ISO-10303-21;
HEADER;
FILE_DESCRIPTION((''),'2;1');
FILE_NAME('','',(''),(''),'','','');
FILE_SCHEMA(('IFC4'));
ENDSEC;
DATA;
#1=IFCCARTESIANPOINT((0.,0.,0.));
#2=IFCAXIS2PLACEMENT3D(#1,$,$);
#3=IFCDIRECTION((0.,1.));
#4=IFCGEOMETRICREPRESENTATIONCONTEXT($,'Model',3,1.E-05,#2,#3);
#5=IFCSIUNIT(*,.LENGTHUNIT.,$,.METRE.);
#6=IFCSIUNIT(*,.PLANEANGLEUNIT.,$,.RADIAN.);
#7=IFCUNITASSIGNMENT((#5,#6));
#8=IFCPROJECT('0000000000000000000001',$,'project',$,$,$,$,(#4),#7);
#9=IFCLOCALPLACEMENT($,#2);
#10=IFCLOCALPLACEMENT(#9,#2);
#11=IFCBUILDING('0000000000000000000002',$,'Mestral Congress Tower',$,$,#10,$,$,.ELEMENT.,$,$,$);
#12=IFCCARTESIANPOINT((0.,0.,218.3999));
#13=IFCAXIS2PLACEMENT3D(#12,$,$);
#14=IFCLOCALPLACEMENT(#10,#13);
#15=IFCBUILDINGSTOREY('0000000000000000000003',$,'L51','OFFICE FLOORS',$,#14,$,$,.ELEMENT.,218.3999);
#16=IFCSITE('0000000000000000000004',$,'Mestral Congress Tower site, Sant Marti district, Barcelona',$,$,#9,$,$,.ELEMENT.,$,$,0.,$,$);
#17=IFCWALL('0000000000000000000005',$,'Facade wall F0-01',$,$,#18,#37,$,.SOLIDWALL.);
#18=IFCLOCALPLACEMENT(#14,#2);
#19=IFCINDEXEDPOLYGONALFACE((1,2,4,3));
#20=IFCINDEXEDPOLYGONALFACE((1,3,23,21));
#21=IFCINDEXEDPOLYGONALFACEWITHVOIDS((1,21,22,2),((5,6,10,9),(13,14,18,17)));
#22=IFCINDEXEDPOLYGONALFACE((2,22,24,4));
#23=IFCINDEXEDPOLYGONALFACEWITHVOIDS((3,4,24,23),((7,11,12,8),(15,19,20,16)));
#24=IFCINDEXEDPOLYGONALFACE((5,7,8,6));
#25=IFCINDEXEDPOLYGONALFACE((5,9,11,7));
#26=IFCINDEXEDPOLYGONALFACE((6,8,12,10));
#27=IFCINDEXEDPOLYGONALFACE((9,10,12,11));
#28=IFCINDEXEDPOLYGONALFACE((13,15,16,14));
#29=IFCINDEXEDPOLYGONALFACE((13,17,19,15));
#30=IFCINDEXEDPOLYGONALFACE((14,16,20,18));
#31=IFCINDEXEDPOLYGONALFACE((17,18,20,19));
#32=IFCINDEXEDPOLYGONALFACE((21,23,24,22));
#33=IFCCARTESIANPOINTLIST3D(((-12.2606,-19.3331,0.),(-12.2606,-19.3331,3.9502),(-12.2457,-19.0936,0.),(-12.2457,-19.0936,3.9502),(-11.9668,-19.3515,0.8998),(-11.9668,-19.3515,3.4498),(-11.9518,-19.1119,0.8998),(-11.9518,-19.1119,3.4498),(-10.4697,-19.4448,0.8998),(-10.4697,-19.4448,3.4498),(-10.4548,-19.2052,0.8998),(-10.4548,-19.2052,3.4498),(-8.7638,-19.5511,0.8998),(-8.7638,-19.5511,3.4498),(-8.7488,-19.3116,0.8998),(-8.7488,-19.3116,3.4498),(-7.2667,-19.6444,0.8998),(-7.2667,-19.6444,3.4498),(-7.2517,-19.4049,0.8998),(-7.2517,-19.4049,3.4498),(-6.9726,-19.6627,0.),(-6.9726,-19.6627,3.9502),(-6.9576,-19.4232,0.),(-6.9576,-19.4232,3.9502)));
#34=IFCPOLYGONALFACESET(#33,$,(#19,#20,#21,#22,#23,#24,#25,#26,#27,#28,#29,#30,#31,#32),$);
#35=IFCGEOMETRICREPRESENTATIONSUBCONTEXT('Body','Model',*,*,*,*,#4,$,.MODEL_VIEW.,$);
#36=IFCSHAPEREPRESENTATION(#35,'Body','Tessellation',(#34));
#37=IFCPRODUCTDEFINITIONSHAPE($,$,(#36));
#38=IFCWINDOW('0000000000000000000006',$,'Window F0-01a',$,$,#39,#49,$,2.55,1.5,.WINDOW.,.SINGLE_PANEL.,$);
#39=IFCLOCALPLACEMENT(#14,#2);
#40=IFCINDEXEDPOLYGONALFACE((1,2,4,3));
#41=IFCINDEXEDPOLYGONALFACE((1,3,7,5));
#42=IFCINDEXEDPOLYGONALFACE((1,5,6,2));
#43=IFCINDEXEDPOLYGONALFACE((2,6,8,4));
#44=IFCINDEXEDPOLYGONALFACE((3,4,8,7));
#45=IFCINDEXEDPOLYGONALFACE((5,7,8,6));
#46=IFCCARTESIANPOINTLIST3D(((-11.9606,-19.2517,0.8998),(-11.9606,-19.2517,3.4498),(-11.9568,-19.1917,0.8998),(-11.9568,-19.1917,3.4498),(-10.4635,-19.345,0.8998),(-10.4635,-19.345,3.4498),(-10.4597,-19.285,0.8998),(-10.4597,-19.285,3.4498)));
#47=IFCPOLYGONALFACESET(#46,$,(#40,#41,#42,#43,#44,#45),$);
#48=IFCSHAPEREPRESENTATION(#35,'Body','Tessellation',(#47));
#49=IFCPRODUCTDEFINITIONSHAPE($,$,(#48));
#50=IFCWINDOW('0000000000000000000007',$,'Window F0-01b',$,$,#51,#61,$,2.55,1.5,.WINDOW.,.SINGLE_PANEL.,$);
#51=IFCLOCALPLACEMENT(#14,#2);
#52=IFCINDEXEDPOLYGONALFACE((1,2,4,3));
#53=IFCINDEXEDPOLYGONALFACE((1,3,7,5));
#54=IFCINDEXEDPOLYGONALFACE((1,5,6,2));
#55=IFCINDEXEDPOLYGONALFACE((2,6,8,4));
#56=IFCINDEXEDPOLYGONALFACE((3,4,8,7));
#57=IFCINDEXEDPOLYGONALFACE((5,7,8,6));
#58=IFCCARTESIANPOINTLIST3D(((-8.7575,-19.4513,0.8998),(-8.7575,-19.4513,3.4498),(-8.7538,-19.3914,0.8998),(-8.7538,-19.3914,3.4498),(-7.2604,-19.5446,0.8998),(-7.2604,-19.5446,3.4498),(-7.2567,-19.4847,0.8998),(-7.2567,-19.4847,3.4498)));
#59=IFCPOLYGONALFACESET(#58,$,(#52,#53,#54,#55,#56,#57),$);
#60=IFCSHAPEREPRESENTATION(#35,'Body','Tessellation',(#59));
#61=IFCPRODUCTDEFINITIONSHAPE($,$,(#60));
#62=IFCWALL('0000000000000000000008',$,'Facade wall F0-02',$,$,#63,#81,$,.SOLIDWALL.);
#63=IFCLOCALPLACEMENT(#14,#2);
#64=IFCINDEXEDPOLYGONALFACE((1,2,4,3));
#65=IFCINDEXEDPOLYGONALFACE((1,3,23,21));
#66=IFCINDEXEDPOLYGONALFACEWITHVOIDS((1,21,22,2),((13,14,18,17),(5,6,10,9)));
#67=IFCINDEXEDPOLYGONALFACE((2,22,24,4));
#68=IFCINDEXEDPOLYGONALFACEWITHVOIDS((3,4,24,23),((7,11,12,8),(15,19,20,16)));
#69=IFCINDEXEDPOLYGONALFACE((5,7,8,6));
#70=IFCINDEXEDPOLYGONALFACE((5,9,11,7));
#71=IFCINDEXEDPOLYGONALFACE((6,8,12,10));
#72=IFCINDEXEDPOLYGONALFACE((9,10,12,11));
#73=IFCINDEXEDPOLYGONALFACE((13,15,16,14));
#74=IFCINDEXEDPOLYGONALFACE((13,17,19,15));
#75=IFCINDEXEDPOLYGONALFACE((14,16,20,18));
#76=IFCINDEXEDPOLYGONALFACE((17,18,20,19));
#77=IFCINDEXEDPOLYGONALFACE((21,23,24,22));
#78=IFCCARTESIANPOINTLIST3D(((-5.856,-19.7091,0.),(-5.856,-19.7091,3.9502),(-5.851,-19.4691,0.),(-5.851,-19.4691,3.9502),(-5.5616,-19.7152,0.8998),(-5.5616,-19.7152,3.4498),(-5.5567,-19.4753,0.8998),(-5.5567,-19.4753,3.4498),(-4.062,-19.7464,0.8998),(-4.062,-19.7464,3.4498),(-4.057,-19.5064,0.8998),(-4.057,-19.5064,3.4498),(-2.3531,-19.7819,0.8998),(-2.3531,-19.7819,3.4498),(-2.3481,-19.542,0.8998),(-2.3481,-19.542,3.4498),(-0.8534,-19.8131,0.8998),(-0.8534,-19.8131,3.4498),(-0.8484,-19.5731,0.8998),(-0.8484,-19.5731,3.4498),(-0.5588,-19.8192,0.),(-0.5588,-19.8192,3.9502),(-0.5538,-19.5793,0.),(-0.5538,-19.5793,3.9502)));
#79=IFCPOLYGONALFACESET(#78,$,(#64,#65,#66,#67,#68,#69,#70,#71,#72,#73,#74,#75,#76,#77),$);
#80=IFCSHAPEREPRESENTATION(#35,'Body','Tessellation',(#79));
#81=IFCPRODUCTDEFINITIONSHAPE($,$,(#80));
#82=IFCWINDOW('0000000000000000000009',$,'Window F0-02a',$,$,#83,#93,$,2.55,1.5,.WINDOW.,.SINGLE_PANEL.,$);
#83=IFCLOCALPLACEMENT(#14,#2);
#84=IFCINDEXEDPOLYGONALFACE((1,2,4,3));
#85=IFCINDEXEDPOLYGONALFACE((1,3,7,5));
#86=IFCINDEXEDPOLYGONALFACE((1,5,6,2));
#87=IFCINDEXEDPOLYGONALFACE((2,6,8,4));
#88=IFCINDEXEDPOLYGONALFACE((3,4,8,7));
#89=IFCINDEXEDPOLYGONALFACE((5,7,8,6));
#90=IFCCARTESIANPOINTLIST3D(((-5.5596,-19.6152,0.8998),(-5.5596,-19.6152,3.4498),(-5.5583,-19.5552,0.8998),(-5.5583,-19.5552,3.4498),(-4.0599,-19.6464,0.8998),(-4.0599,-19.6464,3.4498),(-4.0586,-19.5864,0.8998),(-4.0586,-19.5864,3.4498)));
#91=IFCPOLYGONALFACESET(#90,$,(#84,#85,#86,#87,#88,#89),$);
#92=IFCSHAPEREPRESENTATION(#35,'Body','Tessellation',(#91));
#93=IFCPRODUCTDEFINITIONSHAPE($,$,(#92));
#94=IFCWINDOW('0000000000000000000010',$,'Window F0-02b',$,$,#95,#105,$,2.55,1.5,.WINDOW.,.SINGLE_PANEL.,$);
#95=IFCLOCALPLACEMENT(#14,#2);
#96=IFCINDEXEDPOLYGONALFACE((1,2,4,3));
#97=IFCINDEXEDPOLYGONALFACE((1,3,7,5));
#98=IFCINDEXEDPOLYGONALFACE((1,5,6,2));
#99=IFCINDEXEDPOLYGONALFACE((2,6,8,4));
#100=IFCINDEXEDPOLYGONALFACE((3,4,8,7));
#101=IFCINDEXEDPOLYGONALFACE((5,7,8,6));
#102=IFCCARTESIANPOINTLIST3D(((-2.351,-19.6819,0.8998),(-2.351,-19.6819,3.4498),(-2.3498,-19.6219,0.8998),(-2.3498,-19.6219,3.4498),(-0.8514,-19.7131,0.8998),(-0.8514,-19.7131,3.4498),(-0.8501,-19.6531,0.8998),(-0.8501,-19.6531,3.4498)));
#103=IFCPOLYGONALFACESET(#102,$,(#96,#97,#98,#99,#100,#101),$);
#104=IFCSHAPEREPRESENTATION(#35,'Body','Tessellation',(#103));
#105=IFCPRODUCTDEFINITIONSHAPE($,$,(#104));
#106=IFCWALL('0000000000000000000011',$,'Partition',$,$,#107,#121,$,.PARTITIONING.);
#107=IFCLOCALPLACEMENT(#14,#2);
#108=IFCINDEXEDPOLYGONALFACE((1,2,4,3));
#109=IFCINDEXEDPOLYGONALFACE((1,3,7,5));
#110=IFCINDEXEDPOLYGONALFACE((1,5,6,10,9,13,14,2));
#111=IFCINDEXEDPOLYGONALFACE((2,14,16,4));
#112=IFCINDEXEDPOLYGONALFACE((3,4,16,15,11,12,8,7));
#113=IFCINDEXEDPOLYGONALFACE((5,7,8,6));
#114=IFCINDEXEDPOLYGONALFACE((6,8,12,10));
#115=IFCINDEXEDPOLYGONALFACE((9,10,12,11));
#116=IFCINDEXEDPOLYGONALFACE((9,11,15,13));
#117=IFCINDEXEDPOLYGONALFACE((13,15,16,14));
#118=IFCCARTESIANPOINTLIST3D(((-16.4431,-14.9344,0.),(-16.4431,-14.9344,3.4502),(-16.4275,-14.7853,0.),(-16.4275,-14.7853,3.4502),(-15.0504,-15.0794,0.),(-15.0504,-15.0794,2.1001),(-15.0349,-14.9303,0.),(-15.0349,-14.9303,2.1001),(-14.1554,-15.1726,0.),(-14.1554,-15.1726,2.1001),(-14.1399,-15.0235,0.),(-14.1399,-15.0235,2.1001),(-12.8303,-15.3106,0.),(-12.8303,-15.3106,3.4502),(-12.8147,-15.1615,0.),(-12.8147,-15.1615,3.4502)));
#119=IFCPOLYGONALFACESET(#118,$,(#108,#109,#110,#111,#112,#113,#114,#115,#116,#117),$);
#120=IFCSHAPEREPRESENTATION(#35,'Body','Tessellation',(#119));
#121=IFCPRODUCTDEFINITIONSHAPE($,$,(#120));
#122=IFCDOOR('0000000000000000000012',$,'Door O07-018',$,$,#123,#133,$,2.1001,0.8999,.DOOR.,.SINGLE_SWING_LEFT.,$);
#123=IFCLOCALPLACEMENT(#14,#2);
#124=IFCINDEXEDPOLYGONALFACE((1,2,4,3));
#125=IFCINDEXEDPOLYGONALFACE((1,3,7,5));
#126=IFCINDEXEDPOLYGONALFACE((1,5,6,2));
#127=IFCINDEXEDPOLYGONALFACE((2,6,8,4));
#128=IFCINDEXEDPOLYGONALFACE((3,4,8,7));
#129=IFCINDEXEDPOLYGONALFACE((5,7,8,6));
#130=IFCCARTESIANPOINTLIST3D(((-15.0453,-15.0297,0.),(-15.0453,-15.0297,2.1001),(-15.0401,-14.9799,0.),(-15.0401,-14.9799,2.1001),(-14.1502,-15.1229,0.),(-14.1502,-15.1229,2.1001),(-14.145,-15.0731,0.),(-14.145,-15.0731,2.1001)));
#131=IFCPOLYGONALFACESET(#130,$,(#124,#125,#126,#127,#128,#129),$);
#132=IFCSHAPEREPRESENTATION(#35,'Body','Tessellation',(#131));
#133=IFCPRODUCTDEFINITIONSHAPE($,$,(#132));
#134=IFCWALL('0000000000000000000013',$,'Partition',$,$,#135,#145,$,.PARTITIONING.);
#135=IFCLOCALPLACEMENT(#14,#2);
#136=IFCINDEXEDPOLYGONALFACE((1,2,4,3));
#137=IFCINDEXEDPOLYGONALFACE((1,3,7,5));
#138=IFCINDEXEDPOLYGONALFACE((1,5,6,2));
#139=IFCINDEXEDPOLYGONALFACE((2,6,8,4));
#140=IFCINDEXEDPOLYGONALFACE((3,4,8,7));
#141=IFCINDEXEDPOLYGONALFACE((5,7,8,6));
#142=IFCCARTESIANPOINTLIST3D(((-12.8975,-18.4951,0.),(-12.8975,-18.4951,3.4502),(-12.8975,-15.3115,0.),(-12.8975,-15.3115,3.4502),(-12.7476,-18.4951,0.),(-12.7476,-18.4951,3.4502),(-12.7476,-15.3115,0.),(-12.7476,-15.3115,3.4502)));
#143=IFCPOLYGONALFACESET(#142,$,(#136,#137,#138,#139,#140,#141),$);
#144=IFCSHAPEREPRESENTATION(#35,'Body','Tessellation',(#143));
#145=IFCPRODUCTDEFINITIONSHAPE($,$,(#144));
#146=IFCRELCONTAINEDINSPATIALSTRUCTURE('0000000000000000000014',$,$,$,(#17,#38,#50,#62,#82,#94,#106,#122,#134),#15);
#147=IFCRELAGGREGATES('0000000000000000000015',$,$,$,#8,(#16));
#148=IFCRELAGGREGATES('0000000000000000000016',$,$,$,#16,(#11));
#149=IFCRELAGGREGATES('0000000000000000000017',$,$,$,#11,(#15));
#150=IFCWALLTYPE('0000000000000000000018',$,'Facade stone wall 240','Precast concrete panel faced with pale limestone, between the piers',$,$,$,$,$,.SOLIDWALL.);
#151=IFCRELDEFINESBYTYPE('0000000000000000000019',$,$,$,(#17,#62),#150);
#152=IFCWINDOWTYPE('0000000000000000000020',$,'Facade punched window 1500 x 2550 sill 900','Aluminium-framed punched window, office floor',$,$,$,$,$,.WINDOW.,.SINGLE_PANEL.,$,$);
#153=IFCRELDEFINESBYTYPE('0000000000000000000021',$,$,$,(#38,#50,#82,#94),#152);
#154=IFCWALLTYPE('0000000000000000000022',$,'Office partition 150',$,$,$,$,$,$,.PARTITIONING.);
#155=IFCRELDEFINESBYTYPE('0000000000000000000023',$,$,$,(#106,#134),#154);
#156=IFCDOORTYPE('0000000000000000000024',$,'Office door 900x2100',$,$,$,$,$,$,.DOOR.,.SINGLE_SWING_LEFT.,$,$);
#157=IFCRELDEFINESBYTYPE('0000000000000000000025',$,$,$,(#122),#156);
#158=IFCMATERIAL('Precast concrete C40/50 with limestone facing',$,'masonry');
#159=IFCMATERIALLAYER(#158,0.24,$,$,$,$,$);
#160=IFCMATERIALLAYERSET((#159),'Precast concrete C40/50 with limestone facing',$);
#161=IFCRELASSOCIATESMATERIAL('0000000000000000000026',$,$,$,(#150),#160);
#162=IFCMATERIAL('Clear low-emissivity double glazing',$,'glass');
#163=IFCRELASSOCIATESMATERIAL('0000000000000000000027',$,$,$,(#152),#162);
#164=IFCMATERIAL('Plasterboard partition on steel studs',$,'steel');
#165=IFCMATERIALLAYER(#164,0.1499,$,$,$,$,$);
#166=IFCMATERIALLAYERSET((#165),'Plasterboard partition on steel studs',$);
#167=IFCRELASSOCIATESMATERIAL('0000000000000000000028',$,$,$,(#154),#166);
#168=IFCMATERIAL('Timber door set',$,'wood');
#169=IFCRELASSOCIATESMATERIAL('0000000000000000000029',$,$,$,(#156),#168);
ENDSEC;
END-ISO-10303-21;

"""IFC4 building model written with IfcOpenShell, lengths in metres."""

from ifc_helpers import new_model, si_unit, direction, frame, frame_2d, origin, place, context, subcontext, project, spatial, rectangle, extrude, material, layer, layer_set, type_object, element, fill, save


model = new_model("IFC4")

# Units and contexts
model_context = context("Model", 3, precision=1e-05, world=origin(), true_north=direction((0.0, 1.0)))
body_context = subcontext(model_context, "Body", "Model", "MODEL_VIEW")
ifc_project = project(units=[si_unit("LENGTHUNIT", "METRE"), si_unit("PLANEANGLEUNIT", "RADIAN")], contexts=[model_context])

# Site, building, storey
site_placement = place(None, origin())
site = spatial("IfcSite", under=ifc_project, at=site_placement, Name="Mestral Congress Tower site, Sant Marti district, Barcelona", CompositionType="ELEMENT", RefElevation=0.0)
building_placement = place(site_placement, origin())
building = spatial("IfcBuilding", under=site, at=building_placement, Name="Mestral Congress Tower", CompositionType="ELEMENT")
storey_placement = place(building_placement, frame((0.0, 0.0, 218.3999)))
storey = spatial("IfcBuildingStorey", under=building, at=storey_placement, Name="L51", Description="OFFICE FLOORS", CompositionType="ELEMENT", Elevation=218.3999)

# Walls, openings, windows
ifc_material_1 = material(Name="Precast concrete C40/50 with limestone facing", Category="masonry")
ifc_layer_1 = layer(ifc_material_1, 0.24)
ifc_layer_set_1 = layer_set([ifc_layer_1], Name="Precast concrete C40/50 with limestone facing")
wall_type_1 = type_object("IfcWallType", Name="Facade stone wall 240", Description="Precast concrete panel faced with pale limestone, between the piers", PredefinedType="SOLIDWALL", material=ifc_layer_set_1)
wall_1_placement = place(storey_placement, frame((-12.2532, -19.2134, 0.0), z_axis=(0.0, 0.0, 1.0), x_axis=(0.998063, -0.062206, 0.0)))
wall_1 = element("IfcWall", 1, at=wall_1_placement, inside=storey, type_object=wall_type_1, Name="Facade wall F0-01", PredefinedType="SOLIDWALL", context=body_context, shape_type="SweptSolid", body=[
    extrude(rectangle(XDim=5.2983, YDim=0.24, at=frame_2d((2.6492, 0.0))), origin(), (0.0, 0.0, 1.0), 3.9502),
])
opening_1_placement = place(wall_1_placement, frame((0.2944, 0.0, 0.8999)))
opening_1 = element("IfcOpeningElement", 2, at=opening_1_placement, cuts=wall_1, PredefinedType="OPENING", context=body_context, shape_type="SweptSolid", body=[
    extrude(rectangle(XDim=1.5, YDim=2.55, at=frame_2d((0.75, 1.2749))), frame((0.0, 0.1299, 0.0), z_axis=(0.0, -1.0, 0.0), x_axis=(1.0, 0.0, 0.0)), (0.0, 0.0, 1.0), 0.26),
])
opening_2_placement = place(wall_1_placement, frame((3.5037, 0.0, 0.8999)))
opening_2 = element("IfcOpeningElement", 3, at=opening_2_placement, cuts=wall_1, PredefinedType="OPENING", context=body_context, shape_type="SweptSolid", body=[
    extrude(rectangle(XDim=1.5, YDim=2.55, at=frame_2d((0.75, 1.2749))), frame((0.0, 0.1299, 0.0), z_axis=(0.0, -1.0, 0.0), x_axis=(1.0, 0.0, 0.0)), (0.0, 0.0, 1.0), 0.26),
])
ifc_material_2 = material(Name="Clear low-emissivity double glazing", Category="glass")
window_type = type_object("IfcWindowType", Name="Facade punched window 1500 x 2550 sill 900", Description="Aluminium-framed punched window, office floor", PartitioningType="SINGLE_PANEL", PredefinedType="WINDOW", material=ifc_material_2)
window_1_placement = place(opening_1_placement, origin())
window_1 = element("IfcWindow", 4, at=window_1_placement, inside=storey, type_object=window_type, Name="Window F0-01a", OverallHeight=2.55, OverallWidth=1.5, PartitioningType="SINGLE_PANEL", PredefinedType="WINDOW", context=body_context, shape_type="SweptSolid", body=[
    extrude(rectangle(XDim=1.5, YDim=2.55, at=frame_2d((0.75, 1.2749))), frame((0.0, 0.04, 0.0), z_axis=(0.0, -1.0, 0.0), x_axis=(1.0, 0.0, 0.0)), (0.0, 0.0, 1.0), 0.0601),
])
fill(opening_1, window_1)
window_2_placement = place(opening_2_placement, origin())
window_2 = element("IfcWindow", 5, at=window_2_placement, inside=storey, type_object=window_type, Name="Window F0-01b", OverallHeight=2.55, OverallWidth=1.5, PartitioningType="SINGLE_PANEL", PredefinedType="WINDOW", context=body_context, shape_type="SweptSolid", body=[
    extrude(rectangle(XDim=1.5, YDim=2.55, at=frame_2d((0.75, 1.2749))), frame((0.0, 0.04, 0.0), z_axis=(0.0, -1.0, 0.0), x_axis=(1.0, 0.0, 0.0)), (0.0, 0.0, 1.0), 0.0601),
])
fill(opening_2, window_2)
wall_2_placement = place(storey_placement, frame((-5.8535, -19.5891, 0.0), z_axis=(0.0, 0.0, 1.0), x_axis=(0.999784, -0.020782, 0.0)))
wall_2 = element("IfcWall", 6, at=wall_2_placement, inside=storey, type_object=wall_type_1, Name="Facade wall F0-02", PredefinedType="SOLIDWALL", context=body_context, shape_type="SweptSolid", body=[
    extrude(rectangle(XDim=5.2983, YDim=0.24, at=frame_2d((2.6492, 0.0))), origin(), (0.0, 0.0, 1.0), 3.9502),
])
opening_3_placement = place(wall_2_placement, frame((0.2944, 0.0, 0.8999)))
opening_3 = element("IfcOpeningElement", 7, at=opening_3_placement, cuts=wall_2, PredefinedType="OPENING", context=body_context, shape_type="SweptSolid", body=[
    extrude(rectangle(XDim=1.5, YDim=2.55, at=frame_2d((0.75, 1.2749))), frame((0.0, 0.1299, 0.0), z_axis=(0.0, -1.0, 0.0), x_axis=(1.0, 0.0, 0.0)), (0.0, 0.0, 1.0), 0.26),
])
opening_4_placement = place(wall_2_placement, frame((3.5037, 0.0, 0.8999)))
opening_4 = element("IfcOpeningElement", 8, at=opening_4_placement, cuts=wall_2, PredefinedType="OPENING", context=body_context, shape_type="SweptSolid", body=[
    extrude(rectangle(XDim=1.5, YDim=2.55, at=frame_2d((0.75, 1.2749))), frame((0.0, 0.1299, 0.0), z_axis=(0.0, -1.0, 0.0), x_axis=(1.0, 0.0, 0.0)), (0.0, 0.0, 1.0), 0.26),
])
window_3_placement = place(opening_3_placement, origin())
window_3 = element("IfcWindow", 9, at=window_3_placement, inside=storey, type_object=window_type, Name="Window F0-02a", OverallHeight=2.55, OverallWidth=1.5, PartitioningType="SINGLE_PANEL", PredefinedType="WINDOW", context=body_context, shape_type="SweptSolid", body=[
    extrude(rectangle(XDim=1.5, YDim=2.55, at=frame_2d((0.75, 1.2749))), frame((0.0, 0.04, 0.0), z_axis=(0.0, -1.0, 0.0), x_axis=(1.0, 0.0, 0.0)), (0.0, 0.0, 1.0), 0.0601),
])
fill(opening_3, window_3)
window_4_placement = place(opening_4_placement, origin())
window_4 = element("IfcWindow", 10, at=window_4_placement, inside=storey, type_object=window_type, Name="Window F0-02b", OverallHeight=2.55, OverallWidth=1.5, PartitioningType="SINGLE_PANEL", PredefinedType="WINDOW", context=body_context, shape_type="SweptSolid", body=[
    extrude(rectangle(XDim=1.5, YDim=2.55, at=frame_2d((0.75, 1.2749))), frame((0.0, 0.04, 0.0), z_axis=(0.0, -1.0, 0.0), x_axis=(1.0, 0.0, 0.0)), (0.0, 0.0, 1.0), 0.0601),
])
fill(opening_4, window_4)

# Wall, opening, door
ifc_material_3 = material(Name="Plasterboard partition on steel studs", Category="steel")
ifc_layer_2 = layer(ifc_material_3, 0.1499)
ifc_layer_set_2 = layer_set([ifc_layer_2], Name="Plasterboard partition on steel studs")
wall_type_2 = type_object("IfcWallType", Name="Office partition 150", PredefinedType="PARTITIONING", material=ifc_layer_set_2)
wall_3_placement = place(storey_placement, frame((-12.8225, -15.2361, 0.0), z_axis=(0.0, 0.0, 1.0), x_axis=(-0.994622, 0.103576, 0.0)))
wall_3 = element("IfcWall", 11, at=wall_3_placement, inside=storey, type_object=wall_type_2, Name="Partition", PredefinedType="PARTITIONING", context=body_context, shape_type="SweptSolid", body=[
    extrude(rectangle(XDim=3.6323, YDim=0.1499, at=frame_2d((1.8162, 0.0))), origin(), (0.0, 0.0, 1.0), 3.4502),
])
opening_5_placement = place(wall_3_placement, frame((1.3323, 0.0, 0.0)))
opening_5 = element("IfcOpeningElement", 12, at=opening_5_placement, cuts=wall_3, PredefinedType="OPENING", context=body_context, shape_type="SweptSolid", body=[
    extrude(rectangle(XDim=0.8999, YDim=2.1001, at=frame_2d((0.45, 1.05))), frame((0.0, 0.085, 0.0), z_axis=(0.0, -1.0, 0.0), x_axis=(1.0, 0.0, 0.0)), (0.0, 0.0, 1.0), 0.1699),
])
ifc_material_4 = material(Name="Timber door set", Category="wood")
door_type_1 = type_object("IfcDoorType", Name="Office door 900x2100", OperationType="SINGLE_SWING_LEFT", PredefinedType="DOOR", material=ifc_material_4)
door_1_placement = place(opening_5_placement, origin())
door_1 = element("IfcDoor", 13, at=door_1_placement, inside=storey, type_object=door_type_1, Name="Door O07-018", OperationType="SINGLE_SWING_LEFT", OverallHeight=2.1001, OverallWidth=0.8999, PredefinedType="DOOR", context=body_context, shape_type="SweptSolid", body=[
    extrude(rectangle(XDim=0.8999, YDim=2.1001, at=frame_2d((0.45, 1.05))), frame((0.0, 0.0249, 0.0), z_axis=(0.0, -1.0, 0.0), x_axis=(1.0, 0.0, 0.0)), (0.0, 0.0, 1.0), 0.05),
])
fill(opening_5, door_1)

# Wall
wall_4_placement = place(storey_placement, frame((-12.8225, -15.3115, 0.0), z_axis=(0.0, 0.0, 1.0), x_axis=(0.0, -1.0, 0.0)))
element("IfcWall", 14, at=wall_4_placement, inside=storey, type_object=wall_type_2, Name="Partition", PredefinedType="PARTITIONING", context=body_context, shape_type="SweptSolid", body=[
    extrude(rectangle(XDim=3.1836, YDim=0.1499, at=frame_2d((1.5918, 0.0))), origin(), (0.0, 0.0, 1.0), 3.4502),
])

save(model, "model.ifc")
